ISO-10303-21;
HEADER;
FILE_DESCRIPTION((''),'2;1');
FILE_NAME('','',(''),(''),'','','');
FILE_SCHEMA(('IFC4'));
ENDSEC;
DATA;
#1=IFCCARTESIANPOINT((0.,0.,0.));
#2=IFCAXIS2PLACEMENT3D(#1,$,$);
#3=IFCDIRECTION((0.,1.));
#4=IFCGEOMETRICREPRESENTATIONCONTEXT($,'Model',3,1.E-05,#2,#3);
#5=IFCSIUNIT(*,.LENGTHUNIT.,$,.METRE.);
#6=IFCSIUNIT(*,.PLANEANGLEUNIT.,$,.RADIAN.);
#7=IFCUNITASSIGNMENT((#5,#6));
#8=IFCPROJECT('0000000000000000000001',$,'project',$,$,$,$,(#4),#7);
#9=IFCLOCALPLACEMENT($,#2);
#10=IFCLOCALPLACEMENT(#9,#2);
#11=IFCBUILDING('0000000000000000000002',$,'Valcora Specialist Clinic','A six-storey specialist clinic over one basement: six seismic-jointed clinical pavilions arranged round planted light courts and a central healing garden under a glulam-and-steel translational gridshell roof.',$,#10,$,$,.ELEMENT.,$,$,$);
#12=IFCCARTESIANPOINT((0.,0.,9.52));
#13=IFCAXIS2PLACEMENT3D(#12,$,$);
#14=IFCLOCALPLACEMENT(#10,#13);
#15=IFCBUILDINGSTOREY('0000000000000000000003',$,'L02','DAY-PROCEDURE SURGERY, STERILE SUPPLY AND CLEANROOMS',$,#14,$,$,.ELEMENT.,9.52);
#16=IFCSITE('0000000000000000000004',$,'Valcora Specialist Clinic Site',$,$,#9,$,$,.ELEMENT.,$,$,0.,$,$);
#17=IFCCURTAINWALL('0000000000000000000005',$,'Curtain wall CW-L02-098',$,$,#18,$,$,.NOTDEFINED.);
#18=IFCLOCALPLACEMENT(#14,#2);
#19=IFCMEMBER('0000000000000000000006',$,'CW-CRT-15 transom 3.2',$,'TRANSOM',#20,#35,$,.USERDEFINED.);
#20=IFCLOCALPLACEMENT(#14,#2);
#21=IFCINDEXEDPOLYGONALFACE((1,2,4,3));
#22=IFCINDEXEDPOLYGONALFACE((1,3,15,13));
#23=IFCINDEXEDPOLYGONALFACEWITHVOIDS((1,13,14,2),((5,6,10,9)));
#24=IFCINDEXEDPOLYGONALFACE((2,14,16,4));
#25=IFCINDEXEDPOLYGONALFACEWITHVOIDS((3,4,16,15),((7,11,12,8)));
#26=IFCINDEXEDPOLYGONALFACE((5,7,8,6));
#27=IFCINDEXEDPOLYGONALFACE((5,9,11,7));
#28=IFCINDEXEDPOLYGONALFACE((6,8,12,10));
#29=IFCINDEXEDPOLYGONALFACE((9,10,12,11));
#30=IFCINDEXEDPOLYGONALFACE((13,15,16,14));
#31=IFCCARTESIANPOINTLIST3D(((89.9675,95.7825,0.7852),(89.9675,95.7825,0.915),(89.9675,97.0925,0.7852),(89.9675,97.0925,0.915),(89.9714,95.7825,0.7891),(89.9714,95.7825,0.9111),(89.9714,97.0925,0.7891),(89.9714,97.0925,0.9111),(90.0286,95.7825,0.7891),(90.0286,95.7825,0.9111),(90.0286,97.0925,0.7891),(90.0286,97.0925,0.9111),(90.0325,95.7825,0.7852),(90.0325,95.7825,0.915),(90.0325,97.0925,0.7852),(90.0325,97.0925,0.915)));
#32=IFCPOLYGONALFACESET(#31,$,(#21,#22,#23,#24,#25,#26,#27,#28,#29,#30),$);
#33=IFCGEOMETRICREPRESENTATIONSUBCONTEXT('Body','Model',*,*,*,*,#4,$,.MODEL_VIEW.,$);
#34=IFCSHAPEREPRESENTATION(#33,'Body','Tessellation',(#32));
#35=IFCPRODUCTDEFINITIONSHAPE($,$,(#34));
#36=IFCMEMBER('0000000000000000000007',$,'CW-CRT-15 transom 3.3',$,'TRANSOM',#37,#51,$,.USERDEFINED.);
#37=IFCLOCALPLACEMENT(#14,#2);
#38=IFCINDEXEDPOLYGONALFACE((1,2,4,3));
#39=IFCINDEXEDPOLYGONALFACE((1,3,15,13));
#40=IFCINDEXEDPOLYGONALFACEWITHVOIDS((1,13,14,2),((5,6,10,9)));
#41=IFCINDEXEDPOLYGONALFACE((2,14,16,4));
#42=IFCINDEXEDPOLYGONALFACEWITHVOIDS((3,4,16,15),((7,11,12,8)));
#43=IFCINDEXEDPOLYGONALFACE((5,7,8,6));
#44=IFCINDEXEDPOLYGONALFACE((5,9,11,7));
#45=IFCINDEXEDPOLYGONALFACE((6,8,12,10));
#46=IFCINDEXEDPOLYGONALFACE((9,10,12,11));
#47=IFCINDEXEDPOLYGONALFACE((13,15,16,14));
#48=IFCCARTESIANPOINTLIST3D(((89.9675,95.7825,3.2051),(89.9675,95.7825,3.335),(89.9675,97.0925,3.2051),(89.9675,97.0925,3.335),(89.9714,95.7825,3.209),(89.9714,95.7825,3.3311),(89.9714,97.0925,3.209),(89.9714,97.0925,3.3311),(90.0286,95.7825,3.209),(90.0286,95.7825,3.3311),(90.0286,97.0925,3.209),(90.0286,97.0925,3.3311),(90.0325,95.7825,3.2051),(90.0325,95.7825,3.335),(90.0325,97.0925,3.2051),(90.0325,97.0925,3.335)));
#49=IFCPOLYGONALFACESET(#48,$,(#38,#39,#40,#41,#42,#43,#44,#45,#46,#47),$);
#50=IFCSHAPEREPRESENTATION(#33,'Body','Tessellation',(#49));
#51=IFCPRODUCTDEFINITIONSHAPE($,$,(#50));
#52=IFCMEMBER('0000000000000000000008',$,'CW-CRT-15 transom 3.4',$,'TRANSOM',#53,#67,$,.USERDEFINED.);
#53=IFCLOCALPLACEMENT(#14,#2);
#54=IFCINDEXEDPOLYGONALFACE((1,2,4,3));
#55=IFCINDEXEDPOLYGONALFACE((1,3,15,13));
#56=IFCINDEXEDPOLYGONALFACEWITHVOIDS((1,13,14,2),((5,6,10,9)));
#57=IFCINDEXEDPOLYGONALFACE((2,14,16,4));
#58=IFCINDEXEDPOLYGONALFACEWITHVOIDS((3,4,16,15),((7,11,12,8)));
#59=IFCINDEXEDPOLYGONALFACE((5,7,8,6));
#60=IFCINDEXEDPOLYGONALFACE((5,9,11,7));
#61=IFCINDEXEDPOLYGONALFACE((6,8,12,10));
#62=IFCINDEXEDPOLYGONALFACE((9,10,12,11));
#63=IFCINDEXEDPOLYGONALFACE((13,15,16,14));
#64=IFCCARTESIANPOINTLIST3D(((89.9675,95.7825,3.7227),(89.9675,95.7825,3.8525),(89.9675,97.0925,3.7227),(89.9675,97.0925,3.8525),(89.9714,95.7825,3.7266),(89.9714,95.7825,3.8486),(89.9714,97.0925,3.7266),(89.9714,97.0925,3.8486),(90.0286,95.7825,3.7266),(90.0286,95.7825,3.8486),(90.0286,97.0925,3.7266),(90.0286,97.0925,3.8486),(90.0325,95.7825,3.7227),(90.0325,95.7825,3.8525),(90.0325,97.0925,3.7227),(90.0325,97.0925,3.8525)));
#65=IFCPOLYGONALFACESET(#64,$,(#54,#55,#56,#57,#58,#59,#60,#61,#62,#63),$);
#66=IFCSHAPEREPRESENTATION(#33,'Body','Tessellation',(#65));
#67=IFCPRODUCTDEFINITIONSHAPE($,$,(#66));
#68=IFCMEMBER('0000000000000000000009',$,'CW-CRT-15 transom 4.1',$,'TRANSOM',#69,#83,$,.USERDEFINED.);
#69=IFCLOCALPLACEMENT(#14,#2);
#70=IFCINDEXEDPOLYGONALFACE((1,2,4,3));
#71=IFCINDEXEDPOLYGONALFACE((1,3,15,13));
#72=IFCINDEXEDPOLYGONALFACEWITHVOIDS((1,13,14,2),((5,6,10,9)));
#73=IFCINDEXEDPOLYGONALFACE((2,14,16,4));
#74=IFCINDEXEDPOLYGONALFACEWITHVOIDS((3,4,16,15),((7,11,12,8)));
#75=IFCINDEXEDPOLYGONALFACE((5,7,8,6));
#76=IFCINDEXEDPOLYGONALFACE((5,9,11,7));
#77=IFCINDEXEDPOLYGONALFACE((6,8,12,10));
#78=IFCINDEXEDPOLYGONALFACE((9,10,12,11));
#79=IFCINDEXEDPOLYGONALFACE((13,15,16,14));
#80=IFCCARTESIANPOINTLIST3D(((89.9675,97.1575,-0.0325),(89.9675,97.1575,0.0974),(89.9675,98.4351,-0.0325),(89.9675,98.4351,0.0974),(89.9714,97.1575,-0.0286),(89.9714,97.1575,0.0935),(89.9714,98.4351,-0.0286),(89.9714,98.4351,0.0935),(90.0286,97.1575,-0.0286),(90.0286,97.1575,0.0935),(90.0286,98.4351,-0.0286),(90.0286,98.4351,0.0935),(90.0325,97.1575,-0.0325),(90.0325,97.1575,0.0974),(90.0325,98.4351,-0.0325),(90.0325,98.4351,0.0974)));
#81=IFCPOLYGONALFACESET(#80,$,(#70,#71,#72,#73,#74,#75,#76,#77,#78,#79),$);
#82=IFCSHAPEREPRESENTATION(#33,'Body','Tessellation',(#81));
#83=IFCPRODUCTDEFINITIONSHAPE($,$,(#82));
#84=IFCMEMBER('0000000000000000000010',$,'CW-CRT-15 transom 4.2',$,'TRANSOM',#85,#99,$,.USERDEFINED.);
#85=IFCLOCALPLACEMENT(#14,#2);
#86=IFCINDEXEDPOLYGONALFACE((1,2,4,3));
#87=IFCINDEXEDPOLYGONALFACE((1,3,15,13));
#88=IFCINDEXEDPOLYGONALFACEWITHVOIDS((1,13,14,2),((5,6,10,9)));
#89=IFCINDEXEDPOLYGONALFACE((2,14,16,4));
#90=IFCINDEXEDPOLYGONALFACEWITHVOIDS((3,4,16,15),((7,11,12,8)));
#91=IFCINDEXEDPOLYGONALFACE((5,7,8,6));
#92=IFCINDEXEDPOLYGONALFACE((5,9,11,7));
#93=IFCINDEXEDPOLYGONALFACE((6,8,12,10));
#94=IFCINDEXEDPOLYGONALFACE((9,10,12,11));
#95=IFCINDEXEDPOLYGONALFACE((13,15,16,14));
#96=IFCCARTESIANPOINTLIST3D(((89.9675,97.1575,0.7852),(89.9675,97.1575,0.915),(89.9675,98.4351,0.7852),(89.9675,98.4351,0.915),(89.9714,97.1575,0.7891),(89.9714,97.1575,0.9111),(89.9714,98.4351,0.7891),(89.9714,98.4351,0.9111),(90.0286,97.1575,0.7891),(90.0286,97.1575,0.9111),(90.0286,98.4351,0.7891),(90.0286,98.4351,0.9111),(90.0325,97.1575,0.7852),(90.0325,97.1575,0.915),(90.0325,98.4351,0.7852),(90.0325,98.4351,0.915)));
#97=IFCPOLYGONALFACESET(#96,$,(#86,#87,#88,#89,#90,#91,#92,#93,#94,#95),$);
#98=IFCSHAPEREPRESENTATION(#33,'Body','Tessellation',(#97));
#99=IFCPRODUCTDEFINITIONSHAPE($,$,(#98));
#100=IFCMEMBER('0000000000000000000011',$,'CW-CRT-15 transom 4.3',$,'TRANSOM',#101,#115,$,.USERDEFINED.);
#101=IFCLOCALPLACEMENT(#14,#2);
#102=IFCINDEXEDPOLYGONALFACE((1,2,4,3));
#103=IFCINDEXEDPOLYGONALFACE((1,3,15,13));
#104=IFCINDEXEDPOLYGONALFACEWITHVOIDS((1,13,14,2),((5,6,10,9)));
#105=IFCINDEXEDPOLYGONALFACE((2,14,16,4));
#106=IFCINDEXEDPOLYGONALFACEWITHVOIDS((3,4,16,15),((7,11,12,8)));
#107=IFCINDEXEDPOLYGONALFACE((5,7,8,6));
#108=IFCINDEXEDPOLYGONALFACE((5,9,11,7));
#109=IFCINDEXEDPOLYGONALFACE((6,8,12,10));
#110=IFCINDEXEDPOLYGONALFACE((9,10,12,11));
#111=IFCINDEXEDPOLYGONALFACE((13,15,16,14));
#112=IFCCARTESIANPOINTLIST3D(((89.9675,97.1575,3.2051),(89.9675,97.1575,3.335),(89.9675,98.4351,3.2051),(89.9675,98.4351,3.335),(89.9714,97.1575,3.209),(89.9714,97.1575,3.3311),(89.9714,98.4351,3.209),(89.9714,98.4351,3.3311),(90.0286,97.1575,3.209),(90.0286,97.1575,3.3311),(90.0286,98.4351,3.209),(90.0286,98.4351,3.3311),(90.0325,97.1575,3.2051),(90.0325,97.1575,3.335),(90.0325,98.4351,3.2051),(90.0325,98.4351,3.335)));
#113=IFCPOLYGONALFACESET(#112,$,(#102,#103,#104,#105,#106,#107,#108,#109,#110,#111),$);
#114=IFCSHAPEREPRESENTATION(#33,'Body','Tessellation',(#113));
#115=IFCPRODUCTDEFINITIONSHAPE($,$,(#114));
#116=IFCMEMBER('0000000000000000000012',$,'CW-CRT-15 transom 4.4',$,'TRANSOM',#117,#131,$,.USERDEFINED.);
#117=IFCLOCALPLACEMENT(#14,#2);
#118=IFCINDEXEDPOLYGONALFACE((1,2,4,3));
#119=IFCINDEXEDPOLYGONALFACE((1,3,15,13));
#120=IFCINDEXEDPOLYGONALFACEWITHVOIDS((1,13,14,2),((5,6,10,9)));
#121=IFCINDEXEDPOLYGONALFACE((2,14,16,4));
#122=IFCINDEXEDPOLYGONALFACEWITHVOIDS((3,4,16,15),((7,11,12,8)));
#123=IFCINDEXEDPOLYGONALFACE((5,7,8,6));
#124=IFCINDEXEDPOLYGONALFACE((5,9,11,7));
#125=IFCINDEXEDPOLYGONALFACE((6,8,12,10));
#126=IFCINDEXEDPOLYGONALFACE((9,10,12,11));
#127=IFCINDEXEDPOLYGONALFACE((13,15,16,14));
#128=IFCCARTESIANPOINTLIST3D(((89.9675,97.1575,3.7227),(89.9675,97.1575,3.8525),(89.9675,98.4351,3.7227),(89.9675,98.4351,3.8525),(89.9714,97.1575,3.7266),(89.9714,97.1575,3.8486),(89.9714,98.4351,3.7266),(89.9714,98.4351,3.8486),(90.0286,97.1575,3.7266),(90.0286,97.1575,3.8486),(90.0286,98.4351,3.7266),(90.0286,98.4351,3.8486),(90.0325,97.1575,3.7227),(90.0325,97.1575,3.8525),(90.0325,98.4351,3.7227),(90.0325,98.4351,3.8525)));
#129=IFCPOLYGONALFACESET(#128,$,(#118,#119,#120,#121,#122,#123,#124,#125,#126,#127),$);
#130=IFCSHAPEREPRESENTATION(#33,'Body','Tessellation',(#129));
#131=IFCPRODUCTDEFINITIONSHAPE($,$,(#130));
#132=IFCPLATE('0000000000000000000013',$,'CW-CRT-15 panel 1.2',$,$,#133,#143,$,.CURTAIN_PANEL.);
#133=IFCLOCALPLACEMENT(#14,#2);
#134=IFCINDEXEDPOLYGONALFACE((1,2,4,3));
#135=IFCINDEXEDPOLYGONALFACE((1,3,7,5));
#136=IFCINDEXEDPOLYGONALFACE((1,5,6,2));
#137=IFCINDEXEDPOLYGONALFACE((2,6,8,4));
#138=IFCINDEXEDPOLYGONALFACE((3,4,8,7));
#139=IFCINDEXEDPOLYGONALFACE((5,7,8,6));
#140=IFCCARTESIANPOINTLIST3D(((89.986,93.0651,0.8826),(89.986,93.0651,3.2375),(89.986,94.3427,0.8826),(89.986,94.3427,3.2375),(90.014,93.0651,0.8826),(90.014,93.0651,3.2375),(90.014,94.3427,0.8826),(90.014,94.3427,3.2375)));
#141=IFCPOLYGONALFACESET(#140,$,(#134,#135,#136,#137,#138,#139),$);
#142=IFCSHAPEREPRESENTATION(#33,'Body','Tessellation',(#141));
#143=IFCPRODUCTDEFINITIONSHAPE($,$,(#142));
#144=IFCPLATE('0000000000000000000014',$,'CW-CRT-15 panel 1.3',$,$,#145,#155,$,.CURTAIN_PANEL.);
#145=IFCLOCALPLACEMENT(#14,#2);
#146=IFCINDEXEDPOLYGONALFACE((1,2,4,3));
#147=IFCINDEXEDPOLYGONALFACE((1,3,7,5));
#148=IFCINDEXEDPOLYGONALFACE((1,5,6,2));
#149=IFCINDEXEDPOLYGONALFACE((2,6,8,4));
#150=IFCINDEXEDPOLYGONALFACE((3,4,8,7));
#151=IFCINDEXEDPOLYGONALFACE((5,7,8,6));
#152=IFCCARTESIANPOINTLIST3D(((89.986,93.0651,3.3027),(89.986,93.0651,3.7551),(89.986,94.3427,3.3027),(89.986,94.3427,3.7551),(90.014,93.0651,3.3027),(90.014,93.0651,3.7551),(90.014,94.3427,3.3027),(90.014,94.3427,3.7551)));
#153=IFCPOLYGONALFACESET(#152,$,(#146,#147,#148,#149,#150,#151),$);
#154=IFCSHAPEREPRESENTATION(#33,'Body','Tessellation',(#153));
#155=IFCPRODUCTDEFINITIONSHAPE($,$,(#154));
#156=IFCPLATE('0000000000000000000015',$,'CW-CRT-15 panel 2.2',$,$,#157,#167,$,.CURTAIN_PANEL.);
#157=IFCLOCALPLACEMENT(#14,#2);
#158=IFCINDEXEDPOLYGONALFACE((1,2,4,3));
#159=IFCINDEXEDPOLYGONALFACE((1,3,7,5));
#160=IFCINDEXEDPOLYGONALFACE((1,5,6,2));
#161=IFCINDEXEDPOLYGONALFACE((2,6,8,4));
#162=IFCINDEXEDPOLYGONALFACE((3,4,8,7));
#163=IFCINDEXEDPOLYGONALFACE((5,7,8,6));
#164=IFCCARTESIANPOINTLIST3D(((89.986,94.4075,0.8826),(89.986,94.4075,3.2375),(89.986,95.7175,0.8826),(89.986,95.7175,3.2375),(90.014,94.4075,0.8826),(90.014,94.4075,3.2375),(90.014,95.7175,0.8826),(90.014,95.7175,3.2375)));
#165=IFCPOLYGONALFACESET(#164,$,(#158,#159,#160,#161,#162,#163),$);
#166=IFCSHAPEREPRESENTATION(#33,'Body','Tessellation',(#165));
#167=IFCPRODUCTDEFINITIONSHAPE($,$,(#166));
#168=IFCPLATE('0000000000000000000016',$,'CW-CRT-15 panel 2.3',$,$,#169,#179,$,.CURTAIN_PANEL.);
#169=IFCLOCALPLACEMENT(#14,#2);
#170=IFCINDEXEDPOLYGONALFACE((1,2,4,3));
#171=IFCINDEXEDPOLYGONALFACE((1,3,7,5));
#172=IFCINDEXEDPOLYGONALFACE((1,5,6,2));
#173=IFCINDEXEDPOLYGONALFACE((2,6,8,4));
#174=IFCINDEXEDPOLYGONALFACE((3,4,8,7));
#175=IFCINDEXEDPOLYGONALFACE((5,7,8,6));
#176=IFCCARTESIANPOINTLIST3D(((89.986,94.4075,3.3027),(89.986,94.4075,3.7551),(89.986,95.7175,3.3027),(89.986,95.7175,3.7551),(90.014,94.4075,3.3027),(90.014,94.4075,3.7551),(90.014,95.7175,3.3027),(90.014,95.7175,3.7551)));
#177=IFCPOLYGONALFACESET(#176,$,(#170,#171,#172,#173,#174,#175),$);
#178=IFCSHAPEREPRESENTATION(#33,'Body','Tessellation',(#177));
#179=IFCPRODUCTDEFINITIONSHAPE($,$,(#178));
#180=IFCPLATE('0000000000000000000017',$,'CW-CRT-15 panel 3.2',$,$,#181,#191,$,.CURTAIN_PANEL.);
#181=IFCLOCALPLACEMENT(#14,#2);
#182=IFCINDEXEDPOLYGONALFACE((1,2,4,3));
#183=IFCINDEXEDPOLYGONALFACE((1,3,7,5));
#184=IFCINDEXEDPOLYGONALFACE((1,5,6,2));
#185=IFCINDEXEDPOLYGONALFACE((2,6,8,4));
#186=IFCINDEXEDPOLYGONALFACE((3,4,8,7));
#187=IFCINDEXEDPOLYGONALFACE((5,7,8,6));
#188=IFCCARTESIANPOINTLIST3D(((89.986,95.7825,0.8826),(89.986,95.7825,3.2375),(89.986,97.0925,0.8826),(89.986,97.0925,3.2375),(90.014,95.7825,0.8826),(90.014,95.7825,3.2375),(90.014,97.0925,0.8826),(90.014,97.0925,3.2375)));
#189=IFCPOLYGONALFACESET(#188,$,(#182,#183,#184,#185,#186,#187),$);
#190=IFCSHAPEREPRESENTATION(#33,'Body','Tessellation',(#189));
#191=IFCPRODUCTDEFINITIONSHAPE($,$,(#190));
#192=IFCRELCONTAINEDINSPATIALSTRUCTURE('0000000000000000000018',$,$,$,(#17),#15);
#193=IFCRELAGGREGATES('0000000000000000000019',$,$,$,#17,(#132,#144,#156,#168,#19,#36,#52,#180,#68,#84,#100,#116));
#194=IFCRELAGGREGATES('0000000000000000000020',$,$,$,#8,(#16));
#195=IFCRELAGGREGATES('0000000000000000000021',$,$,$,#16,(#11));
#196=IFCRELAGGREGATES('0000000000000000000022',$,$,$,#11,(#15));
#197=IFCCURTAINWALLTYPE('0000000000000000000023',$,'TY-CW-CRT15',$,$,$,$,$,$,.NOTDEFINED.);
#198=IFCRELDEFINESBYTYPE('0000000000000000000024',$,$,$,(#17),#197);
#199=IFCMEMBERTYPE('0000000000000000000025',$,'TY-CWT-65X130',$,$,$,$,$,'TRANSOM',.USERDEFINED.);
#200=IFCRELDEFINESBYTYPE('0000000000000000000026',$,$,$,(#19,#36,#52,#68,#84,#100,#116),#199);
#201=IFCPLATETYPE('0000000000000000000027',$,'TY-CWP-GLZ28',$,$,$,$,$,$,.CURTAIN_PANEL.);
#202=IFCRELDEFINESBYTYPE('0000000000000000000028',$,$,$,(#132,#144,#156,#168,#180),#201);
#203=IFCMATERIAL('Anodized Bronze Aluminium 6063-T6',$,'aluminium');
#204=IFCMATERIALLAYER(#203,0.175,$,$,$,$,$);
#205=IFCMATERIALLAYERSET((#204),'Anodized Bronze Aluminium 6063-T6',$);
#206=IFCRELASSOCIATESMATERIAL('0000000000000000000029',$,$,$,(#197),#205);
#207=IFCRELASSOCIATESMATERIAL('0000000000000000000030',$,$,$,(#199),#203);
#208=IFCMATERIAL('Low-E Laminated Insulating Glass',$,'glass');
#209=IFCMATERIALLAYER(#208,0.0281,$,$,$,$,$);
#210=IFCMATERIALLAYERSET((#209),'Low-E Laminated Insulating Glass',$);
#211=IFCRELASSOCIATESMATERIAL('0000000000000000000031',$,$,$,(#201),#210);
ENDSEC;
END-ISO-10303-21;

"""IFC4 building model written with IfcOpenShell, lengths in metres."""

from ifc_helpers import new_model, si_unit, direction, frame, origin, origin_2d, place, context, subcontext, project, spatial, rectangle, hollow_rectangle, extrude, material, layer, layer_set, material_profile, profile_set, type_object, element, aggregate, save


model = new_model("IFC4")

# Units and contexts
model_context = context("Model", 3, precision=1e-05, world=origin(), true_north=direction((0.0, 1.0)))
body_context = subcontext(model_context, "Body", "Model", "MODEL_VIEW")
ifc_project = project(units=[si_unit("LENGTHUNIT", "METRE"), si_unit("PLANEANGLEUNIT", "RADIAN")], contexts=[model_context])

# Site, building, storey
site_placement = place(None, origin())
site = spatial("IfcSite", under=ifc_project, at=site_placement, Name="Valcora Specialist Clinic Site", CompositionType="ELEMENT", RefElevation=0.0)
building_placement = place(site_placement, origin())
building = spatial("IfcBuilding", under=site, at=building_placement, Name="Valcora Specialist Clinic", Description="A six-storey specialist clinic over one basement: six seismic-jointed clinical pavilions arranged round planted light courts and a central healing garden under a glulam-and-steel translational gridshell roof.", CompositionType="ELEMENT")
storey_placement = place(building_placement, frame((0.0, 0.0, 9.52)))
storey = spatial("IfcBuildingStorey", under=building, at=storey_placement, Name="L02", Description="DAY-PROCEDURE SURGERY, STERILE SUPPLY AND CLEANROOMS", CompositionType="ELEMENT", Elevation=9.52)

# Curtain wall, members, plates
ifc_material_1 = material(Name="Anodized Bronze Aluminium 6063-T6", Category="aluminium")
ifc_layer_1 = layer(ifc_material_1, 0.175)
ifc_layer_set_1 = layer_set([ifc_layer_1], Name="Anodized Bronze Aluminium 6063-T6")
curtain_wall_type = type_object("IfcCurtainWallType", Name="TY-CW-CRT15", PredefinedType="NOTDEFINED", material=ifc_layer_set_1)
curtain_wall_placement = place(storey_placement, origin())
curtain_wall = element("IfcCurtainWall", 1, at=curtain_wall_placement, inside=storey, type_object=curtain_wall_type, Name="Curtain wall CW-L02-098", PredefinedType="NOTDEFINED")
ifc_material_profile_1 = material_profile(ifc_material_1, hollow_rectangle(XDim=0.0649, YDim=0.1299, WallThickness=0.0039, at=origin_2d()), Name="AL-TRN-65X130")
ifc_profile_set_1 = profile_set([ifc_material_profile_1], Name="Anodized Bronze Aluminium 6063-T6")
member_type_1 = type_object("IfcMemberType", Name="TY-CWT-65X130", ElementType="TRANSOM", PredefinedType="USERDEFINED", material=ifc_profile_set_1)
member_1_placement = place(storey_placement, frame((90.0, 95.7825, 0.8501), z_axis=(0.0, 1.0, 0.0), x_axis=(-1.0, 0.0, 0.0)))
member_1 = element("IfcMember", 2, at=member_1_placement, type_object=member_type_1, Name="CW-CRT-15 transom 3.2", ObjectType="TRANSOM", PredefinedType="USERDEFINED", context=body_context, shape_type="SweptSolid", body=[
    extrude(hollow_rectangle(XDim=0.0649, YDim=0.1299, WallThickness=0.0039, at=origin_2d()), origin(), (0.0, 0.0, 1.0), 1.3101),
])
member_2_placement = place(storey_placement, frame((90.0, 95.7825, 3.27), z_axis=(0.0, 1.0, 0.0), x_axis=(-1.0, 0.0, 0.0)))
member_2 = element("IfcMember", 3, at=member_2_placement, type_object=member_type_1, Name="CW-CRT-15 transom 3.3", ObjectType="TRANSOM", PredefinedType="USERDEFINED", context=body_context, shape_type="SweptSolid", body=[
    extrude(hollow_rectangle(XDim=0.0649, YDim=0.1299, WallThickness=0.0039, at=origin_2d()), origin(), (0.0, 0.0, 1.0), 1.3101),
])
member_3_placement = place(storey_placement, frame((90.0, 95.7825, 3.7876), z_axis=(0.0, 1.0, 0.0), x_axis=(-1.0, 0.0, 0.0)))
member_3 = element("IfcMember", 4, at=member_3_placement, type_object=member_type_1, Name="CW-CRT-15 transom 3.4", ObjectType="TRANSOM", PredefinedType="USERDEFINED", context=body_context, shape_type="SweptSolid", body=[
    extrude(hollow_rectangle(XDim=0.0649, YDim=0.1299, WallThickness=0.0039, at=origin_2d()), origin(), (0.0, 0.0, 1.0), 1.3101),
])
member_4_placement = place(storey_placement, frame((90.0, 97.1575, 0.0325), z_axis=(0.0, 1.0, 0.0), x_axis=(-1.0, 0.0, 0.0)))
member_4 = element("IfcMember", 5, at=member_4_placement, type_object=member_type_1, Name="CW-CRT-15 transom 4.1", ObjectType="TRANSOM", PredefinedType="USERDEFINED", context=body_context, shape_type="SweptSolid", body=[
    extrude(hollow_rectangle(XDim=0.0649, YDim=0.1299, WallThickness=0.0039, at=origin_2d()), origin(), (0.0, 0.0, 1.0), 1.2776),
])
member_5_placement = place(storey_placement, frame((90.0, 97.1575, 0.8501), z_axis=(0.0, 1.0, 0.0), x_axis=(-1.0, 0.0, 0.0)))
member_5 = element("IfcMember", 6, at=member_5_placement, type_object=member_type_1, Name="CW-CRT-15 transom 4.2", ObjectType="TRANSOM", PredefinedType="USERDEFINED", context=body_context, shape_type="SweptSolid", body=[
    extrude(hollow_rectangle(XDim=0.0649, YDim=0.1299, WallThickness=0.0039, at=origin_2d()), origin(), (0.0, 0.0, 1.0), 1.2776),
])
member_6_placement = place(storey_placement, frame((90.0, 97.1575, 3.27), z_axis=(0.0, 1.0, 0.0), x_axis=(-1.0, 0.0, 0.0)))
member_6 = element("IfcMember", 7, at=member_6_placement, type_object=member_type_1, Name="CW-CRT-15 transom 4.3", ObjectType="TRANSOM", PredefinedType="USERDEFINED", context=body_context, shape_type="SweptSolid", body=[
    extrude(hollow_rectangle(XDim=0.0649, YDim=0.1299, WallThickness=0.0039, at=origin_2d()), origin(), (0.0, 0.0, 1.0), 1.2776),
])
member_7_placement = place(storey_placement, frame((90.0, 97.1575, 3.7876), z_axis=(0.0, 1.0, 0.0), x_axis=(-1.0, 0.0, 0.0)))
member_7 = element("IfcMember", 8, at=member_7_placement, type_object=member_type_1, Name="CW-CRT-15 transom 4.4", ObjectType="TRANSOM", PredefinedType="USERDEFINED", context=body_context, shape_type="SweptSolid", body=[
    extrude(hollow_rectangle(XDim=0.0649, YDim=0.1299, WallThickness=0.0039, at=origin_2d()), origin(), (0.0, 0.0, 1.0), 1.2776),
])
ifc_material_2 = material(Name="Low-E Laminated Insulating Glass", Category="glass")
ifc_layer_2 = layer(ifc_material_2, 0.0281)
ifc_layer_set_2 = layer_set([ifc_layer_2], Name="Low-E Laminated Insulating Glass")
plate_type_1 = type_object("IfcPlateType", Name="TY-CWP-GLZ28", PredefinedType="CURTAIN_PANEL", material=ifc_layer_set_2)
plate_1_placement = place(storey_placement, frame((90.0, 93.7039, 0.8826), z_axis=(0.0, 0.0, 1.0), x_axis=(0.0, 1.0, 0.0)))
plate_1 = element("IfcPlate", 9, at=plate_1_placement, type_object=plate_type_1, Name="CW-CRT-15 panel 1.2", PredefinedType="CURTAIN_PANEL", context=body_context, shape_type="SweptSolid", body=[
    extrude(rectangle(XDim=1.2776, YDim=0.0281, at=origin_2d()), origin(), (0.0, 0.0, 1.0), 2.355),
])
plate_2_placement = place(storey_placement, frame((90.0, 93.7039, 3.3027), z_axis=(0.0, 0.0, 1.0), x_axis=(0.0, 1.0, 0.0)))
plate_2 = element("IfcPlate", 10, at=plate_2_placement, type_object=plate_type_1, Name="CW-CRT-15 panel 1.3", PredefinedType="CURTAIN_PANEL", context=body_context, shape_type="SweptSolid", body=[
    extrude(rectangle(XDim=1.2776, YDim=0.0281, at=origin_2d()), origin(), (0.0, 0.0, 1.0), 0.4524),
])
plate_3_placement = place(storey_placement, frame((90.0, 95.0625, 0.8826), z_axis=(0.0, 0.0, 1.0), x_axis=(0.0, 1.0, 0.0)))
plate_3 = element("IfcPlate", 11, at=plate_3_placement, type_object=plate_type_1, Name="CW-CRT-15 panel 2.2", PredefinedType="CURTAIN_PANEL", context=body_context, shape_type="SweptSolid", body=[
    extrude(rectangle(XDim=1.3101, YDim=0.0281, at=origin_2d()), origin(), (0.0, 0.0, 1.0), 2.355),
])
plate_4_placement = place(storey_placement, frame((90.0, 95.0625, 3.3027), z_axis=(0.0, 0.0, 1.0), x_axis=(0.0, 1.0, 0.0)))
plate_4 = element("IfcPlate", 12, at=plate_4_placement, type_object=plate_type_1, Name="CW-CRT-15 panel 2.3", PredefinedType="CURTAIN_PANEL", context=body_context, shape_type="SweptSolid", body=[
    extrude(rectangle(XDim=1.3101, YDim=0.0281, at=origin_2d()), origin(), (0.0, 0.0, 1.0), 0.4524),
])
plate_5_placement = place(storey_placement, frame((90.0, 96.4375, 0.8826), z_axis=(0.0, 0.0, 1.0), x_axis=(0.0, 1.0, 0.0)))
plate_5 = element("IfcPlate", 13, at=plate_5_placement, type_object=plate_type_1, Name="CW-CRT-15 panel 3.2", PredefinedType="CURTAIN_PANEL", context=body_context, shape_type="SweptSolid", body=[
    extrude(rectangle(XDim=1.3101, YDim=0.0281, at=origin_2d()), origin(), (0.0, 0.0, 1.0), 2.355),
])
aggregate(curtain_wall, [plate_1, plate_2, plate_3, plate_4, member_1, member_2, member_3, plate_5, member_4, member_5, member_6, member_7])

save(model, "model.ifc")
